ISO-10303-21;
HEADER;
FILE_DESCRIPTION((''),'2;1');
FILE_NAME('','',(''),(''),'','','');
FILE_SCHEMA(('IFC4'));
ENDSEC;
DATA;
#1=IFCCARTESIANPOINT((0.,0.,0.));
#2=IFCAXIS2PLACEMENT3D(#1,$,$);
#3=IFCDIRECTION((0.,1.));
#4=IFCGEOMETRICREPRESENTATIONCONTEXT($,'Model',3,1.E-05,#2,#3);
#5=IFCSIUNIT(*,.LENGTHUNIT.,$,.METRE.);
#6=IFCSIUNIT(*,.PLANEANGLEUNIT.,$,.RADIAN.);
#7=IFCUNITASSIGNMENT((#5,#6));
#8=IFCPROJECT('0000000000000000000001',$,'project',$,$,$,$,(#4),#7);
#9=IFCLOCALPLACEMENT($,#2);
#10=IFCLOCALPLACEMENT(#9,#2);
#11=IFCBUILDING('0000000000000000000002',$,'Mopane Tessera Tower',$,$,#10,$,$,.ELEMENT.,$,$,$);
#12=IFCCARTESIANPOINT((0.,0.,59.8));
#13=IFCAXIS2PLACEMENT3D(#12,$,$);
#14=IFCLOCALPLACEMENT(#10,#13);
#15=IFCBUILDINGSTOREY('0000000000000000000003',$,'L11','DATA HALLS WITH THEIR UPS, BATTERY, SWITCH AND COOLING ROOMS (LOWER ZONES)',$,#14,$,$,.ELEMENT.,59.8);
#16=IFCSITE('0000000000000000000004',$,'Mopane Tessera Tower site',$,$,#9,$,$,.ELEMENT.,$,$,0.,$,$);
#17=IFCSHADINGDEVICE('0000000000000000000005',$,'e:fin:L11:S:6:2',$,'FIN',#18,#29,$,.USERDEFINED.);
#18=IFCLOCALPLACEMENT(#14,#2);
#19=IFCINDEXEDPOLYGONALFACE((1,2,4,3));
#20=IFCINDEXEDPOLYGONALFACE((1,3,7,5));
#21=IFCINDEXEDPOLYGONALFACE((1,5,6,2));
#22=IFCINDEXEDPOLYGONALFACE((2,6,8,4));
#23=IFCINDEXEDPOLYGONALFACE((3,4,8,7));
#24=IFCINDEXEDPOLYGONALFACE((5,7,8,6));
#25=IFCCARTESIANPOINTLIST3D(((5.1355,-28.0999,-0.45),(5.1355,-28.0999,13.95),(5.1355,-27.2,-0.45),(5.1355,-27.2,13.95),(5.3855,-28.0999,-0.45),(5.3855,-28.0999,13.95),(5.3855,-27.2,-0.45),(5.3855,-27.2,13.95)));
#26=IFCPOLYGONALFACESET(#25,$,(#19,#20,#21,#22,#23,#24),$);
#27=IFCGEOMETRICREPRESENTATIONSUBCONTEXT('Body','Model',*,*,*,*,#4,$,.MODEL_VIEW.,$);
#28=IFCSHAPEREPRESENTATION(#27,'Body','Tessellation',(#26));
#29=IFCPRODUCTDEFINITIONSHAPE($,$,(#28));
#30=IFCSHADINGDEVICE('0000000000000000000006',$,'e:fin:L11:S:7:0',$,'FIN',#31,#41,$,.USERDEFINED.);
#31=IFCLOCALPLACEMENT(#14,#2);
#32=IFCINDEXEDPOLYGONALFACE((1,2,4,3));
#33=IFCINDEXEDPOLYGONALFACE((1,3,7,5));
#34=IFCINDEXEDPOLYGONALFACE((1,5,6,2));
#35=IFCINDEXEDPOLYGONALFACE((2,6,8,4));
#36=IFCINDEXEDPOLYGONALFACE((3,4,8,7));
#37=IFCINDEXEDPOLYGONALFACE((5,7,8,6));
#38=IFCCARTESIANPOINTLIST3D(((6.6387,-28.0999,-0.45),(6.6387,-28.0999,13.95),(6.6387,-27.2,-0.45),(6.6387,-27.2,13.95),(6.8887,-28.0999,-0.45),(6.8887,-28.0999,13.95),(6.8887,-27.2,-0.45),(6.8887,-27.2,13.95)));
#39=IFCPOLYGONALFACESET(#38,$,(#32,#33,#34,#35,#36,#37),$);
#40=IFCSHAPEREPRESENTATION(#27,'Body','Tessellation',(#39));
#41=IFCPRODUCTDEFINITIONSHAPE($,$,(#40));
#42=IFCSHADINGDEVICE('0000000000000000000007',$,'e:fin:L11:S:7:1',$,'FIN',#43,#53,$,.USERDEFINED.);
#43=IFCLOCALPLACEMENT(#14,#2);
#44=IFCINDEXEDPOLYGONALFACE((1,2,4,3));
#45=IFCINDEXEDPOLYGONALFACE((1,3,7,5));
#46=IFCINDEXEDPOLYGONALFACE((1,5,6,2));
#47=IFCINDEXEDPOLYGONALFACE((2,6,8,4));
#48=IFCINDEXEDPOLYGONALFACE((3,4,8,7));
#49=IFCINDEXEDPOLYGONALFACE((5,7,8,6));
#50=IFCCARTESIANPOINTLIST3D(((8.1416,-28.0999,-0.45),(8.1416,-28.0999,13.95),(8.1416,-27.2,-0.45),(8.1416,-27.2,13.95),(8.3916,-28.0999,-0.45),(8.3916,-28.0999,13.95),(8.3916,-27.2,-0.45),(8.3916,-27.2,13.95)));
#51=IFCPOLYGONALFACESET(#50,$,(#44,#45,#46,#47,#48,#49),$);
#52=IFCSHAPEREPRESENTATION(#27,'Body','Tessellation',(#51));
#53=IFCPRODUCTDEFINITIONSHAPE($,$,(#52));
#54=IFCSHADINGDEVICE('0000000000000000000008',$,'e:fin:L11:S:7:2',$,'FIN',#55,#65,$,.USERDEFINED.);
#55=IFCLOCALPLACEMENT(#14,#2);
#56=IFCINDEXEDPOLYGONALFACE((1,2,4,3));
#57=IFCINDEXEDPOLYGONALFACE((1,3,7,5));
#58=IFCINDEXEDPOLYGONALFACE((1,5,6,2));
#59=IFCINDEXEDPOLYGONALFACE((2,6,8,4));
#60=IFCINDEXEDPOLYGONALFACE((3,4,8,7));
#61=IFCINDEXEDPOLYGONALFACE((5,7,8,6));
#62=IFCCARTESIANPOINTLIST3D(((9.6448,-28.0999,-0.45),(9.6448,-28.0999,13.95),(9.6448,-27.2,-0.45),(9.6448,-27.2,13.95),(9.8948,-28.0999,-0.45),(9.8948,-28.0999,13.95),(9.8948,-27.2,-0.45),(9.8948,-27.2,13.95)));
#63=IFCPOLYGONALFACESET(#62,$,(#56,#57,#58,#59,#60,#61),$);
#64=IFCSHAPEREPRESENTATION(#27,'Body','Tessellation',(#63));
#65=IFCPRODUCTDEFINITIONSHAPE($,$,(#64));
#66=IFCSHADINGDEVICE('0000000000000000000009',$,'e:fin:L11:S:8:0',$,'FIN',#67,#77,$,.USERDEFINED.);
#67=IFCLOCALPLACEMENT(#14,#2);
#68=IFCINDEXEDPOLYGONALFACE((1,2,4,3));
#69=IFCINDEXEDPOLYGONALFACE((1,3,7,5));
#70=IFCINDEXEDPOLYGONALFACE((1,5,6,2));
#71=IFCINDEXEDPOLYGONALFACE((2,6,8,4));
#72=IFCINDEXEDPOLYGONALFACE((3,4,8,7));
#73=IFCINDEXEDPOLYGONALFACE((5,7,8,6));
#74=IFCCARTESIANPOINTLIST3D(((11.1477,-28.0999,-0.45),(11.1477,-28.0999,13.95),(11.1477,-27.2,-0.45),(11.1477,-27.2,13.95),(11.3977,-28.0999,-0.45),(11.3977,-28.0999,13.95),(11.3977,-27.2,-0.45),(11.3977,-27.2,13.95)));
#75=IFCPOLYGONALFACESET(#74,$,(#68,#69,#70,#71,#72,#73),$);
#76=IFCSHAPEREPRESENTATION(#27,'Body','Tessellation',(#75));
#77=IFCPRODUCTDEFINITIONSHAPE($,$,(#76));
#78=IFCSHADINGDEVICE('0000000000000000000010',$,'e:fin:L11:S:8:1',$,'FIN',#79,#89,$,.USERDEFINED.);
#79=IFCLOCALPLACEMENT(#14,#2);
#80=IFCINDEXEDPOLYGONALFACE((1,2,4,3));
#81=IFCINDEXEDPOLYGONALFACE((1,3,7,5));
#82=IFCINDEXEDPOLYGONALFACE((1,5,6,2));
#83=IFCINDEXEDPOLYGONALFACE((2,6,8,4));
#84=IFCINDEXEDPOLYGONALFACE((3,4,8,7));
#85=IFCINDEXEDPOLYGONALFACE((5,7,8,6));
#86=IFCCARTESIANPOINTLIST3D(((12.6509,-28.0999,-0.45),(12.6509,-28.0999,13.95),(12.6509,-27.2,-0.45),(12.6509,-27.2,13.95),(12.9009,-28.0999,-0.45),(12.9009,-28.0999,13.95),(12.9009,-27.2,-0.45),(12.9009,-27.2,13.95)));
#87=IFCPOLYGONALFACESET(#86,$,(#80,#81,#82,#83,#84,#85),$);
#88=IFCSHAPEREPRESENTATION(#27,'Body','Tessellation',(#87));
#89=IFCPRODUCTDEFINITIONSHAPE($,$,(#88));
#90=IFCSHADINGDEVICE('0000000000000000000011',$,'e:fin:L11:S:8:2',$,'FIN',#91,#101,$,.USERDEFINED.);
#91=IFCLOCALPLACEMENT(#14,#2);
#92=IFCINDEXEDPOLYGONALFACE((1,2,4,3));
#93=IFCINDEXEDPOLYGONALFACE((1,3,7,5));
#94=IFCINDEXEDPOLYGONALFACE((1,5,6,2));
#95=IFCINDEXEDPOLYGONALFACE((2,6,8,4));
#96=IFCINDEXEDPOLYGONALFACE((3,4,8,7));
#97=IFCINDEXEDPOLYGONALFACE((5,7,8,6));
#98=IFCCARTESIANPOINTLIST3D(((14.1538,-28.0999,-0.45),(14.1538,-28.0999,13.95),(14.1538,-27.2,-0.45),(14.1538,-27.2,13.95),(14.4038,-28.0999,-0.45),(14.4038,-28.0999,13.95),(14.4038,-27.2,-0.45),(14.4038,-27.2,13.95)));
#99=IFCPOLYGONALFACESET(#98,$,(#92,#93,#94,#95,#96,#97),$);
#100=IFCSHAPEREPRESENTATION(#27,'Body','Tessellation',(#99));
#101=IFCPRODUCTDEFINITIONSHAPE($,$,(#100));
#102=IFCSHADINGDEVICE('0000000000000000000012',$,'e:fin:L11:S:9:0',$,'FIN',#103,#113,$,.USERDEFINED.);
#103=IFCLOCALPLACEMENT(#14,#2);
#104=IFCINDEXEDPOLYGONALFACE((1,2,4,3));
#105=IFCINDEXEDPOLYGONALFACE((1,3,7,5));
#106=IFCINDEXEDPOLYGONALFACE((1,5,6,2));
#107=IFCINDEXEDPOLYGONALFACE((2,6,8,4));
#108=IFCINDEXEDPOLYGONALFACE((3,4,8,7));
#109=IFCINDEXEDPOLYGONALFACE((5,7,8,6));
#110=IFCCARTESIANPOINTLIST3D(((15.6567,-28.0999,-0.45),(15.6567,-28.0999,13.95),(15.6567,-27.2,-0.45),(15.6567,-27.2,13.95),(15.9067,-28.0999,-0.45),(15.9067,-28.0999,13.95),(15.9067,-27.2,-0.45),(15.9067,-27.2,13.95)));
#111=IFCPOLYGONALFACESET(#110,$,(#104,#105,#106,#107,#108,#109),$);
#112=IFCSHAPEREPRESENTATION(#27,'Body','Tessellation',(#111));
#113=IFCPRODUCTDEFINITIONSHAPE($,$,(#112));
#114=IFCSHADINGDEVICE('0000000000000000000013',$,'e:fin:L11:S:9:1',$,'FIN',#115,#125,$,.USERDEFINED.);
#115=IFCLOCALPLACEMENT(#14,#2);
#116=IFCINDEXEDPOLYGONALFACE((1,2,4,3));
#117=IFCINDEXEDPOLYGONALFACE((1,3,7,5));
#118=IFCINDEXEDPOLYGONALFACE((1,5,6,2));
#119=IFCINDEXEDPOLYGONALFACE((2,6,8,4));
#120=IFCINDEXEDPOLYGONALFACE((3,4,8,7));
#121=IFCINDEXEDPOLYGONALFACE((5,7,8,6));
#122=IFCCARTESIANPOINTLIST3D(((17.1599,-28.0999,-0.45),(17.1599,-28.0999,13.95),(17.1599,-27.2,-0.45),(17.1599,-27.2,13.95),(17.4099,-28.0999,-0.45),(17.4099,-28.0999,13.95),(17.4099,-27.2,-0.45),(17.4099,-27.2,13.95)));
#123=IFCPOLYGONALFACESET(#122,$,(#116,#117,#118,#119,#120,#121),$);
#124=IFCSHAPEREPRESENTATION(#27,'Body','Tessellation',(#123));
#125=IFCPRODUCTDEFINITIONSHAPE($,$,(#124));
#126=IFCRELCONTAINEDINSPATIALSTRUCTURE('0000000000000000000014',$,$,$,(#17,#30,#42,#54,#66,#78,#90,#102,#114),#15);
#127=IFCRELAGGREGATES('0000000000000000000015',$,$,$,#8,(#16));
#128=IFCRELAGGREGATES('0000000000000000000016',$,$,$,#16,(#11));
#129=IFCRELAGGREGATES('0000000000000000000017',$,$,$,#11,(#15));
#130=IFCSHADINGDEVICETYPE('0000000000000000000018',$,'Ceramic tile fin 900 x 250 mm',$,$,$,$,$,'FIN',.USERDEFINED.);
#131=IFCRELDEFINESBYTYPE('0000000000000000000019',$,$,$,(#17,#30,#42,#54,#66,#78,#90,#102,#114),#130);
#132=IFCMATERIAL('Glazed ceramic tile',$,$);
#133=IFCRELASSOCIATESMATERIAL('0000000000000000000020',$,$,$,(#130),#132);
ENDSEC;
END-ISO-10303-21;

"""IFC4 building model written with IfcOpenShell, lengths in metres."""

from ifc_helpers import new_model, si_unit, direction, frame, origin, origin_2d, place, context, subcontext, project, spatial, rectangle, extrude, material, type_object, element, save


model = new_model("IFC4")

# Units and contexts
model_context = context("Model", 3, precision=1e-05, world=origin(), true_north=direction((0.0, 1.0)))
body_context = subcontext(model_context, "Body", "Model", "MODEL_VIEW")
ifc_project = project(units=[si_unit("LENGTHUNIT", "METRE"), si_unit("PLANEANGLEUNIT", "RADIAN")], contexts=[model_context])

# Site, building, storey
site_placement = place(None, origin())
site = spatial("IfcSite", under=ifc_project, at=site_placement, Name="Mopane Tessera Tower site", CompositionType="ELEMENT", RefElevation=0.0)
building_placement = place(site_placement, origin())
building = spatial("IfcBuilding", under=site, at=building_placement, Name="Mopane Tessera Tower", CompositionType="ELEMENT")
storey_placement = place(building_placement, frame((0.0, 0.0, 59.8)))
storey = spatial("IfcBuildingStorey", under=building, at=storey_placement, Name="L11", Description="DATA HALLS WITH THEIR UPS, BATTERY, SWITCH AND COOLING ROOMS (LOWER ZONES)", CompositionType="ELEMENT", Elevation=59.8)

# Shading devices
ifc_material_1 = material(Name="Glazed ceramic tile")
shading_device_type = type_object("IfcShadingDeviceType", Name="Ceramic tile fin 900 x 250 mm", ElementType="FIN", PredefinedType="USERDEFINED", material=ifc_material_1)
for number, where, z_axis, x_axis, name in (
    (1, (5.2605, -27.6499, -0.45), (0.0, 0.0, 1.0), (1.0, 0.0, 0.0), "e:fin:L11:S:6:2"),
    (2, (6.7637, -27.6499, -0.45), (0.0, 0.0, 1.0), (1.0, 0.0, 0.0), "e:fin:L11:S:7:0"),
    (3, (8.2666, -27.6499, -0.45), (0.0, 0.0, 1.0), (1.0, 0.0, 0.0), "e:fin:L11:S:7:1"),
    (4, (9.7698, -27.6499, -0.45), (0.0, 0.0, 1.0), (1.0, 0.0, 0.0), "e:fin:L11:S:7:2"),
    (5, (11.2727, -27.6499, -0.45), (0.0, 0.0, 1.0), (1.0, 0.0, 0.0), "e:fin:L11:S:8:0"),
    (6, (12.7759, -27.6499, -0.45), (0.0, 0.0, 1.0), (1.0, 0.0, 0.0), "e:fin:L11:S:8:1"),
    (7, (14.2788, -27.6499, -0.45), (0.0, 0.0, 1.0), (1.0, 0.0, 0.0), "e:fin:L11:S:8:2"),
    (8, (15.7817, -27.6499, -0.45), (0.0, 0.0, 1.0), (1.0, 0.0, 0.0), "e:fin:L11:S:9:0"),
    (9, (17.2849, -27.6499, -0.45), (0.0, 0.0, 1.0), (1.0, 0.0, 0.0), "e:fin:L11:S:9:1"),
):
    element("IfcShadingDevice", number, at=place(storey_placement, frame(where, z_axis=z_axis, x_axis=x_axis)), inside=storey, type_object=shading_device_type, Name=name, ObjectType="FIN", PredefinedType="USERDEFINED", context=body_context, shape_type="SweptSolid", body=[
        extrude(rectangle(XDim=0.25, YDim=0.8999, at=origin_2d()), origin(), (0.0, 0.0, 1.0), 14.3999),
    ])

save(model, "model.ifc")
